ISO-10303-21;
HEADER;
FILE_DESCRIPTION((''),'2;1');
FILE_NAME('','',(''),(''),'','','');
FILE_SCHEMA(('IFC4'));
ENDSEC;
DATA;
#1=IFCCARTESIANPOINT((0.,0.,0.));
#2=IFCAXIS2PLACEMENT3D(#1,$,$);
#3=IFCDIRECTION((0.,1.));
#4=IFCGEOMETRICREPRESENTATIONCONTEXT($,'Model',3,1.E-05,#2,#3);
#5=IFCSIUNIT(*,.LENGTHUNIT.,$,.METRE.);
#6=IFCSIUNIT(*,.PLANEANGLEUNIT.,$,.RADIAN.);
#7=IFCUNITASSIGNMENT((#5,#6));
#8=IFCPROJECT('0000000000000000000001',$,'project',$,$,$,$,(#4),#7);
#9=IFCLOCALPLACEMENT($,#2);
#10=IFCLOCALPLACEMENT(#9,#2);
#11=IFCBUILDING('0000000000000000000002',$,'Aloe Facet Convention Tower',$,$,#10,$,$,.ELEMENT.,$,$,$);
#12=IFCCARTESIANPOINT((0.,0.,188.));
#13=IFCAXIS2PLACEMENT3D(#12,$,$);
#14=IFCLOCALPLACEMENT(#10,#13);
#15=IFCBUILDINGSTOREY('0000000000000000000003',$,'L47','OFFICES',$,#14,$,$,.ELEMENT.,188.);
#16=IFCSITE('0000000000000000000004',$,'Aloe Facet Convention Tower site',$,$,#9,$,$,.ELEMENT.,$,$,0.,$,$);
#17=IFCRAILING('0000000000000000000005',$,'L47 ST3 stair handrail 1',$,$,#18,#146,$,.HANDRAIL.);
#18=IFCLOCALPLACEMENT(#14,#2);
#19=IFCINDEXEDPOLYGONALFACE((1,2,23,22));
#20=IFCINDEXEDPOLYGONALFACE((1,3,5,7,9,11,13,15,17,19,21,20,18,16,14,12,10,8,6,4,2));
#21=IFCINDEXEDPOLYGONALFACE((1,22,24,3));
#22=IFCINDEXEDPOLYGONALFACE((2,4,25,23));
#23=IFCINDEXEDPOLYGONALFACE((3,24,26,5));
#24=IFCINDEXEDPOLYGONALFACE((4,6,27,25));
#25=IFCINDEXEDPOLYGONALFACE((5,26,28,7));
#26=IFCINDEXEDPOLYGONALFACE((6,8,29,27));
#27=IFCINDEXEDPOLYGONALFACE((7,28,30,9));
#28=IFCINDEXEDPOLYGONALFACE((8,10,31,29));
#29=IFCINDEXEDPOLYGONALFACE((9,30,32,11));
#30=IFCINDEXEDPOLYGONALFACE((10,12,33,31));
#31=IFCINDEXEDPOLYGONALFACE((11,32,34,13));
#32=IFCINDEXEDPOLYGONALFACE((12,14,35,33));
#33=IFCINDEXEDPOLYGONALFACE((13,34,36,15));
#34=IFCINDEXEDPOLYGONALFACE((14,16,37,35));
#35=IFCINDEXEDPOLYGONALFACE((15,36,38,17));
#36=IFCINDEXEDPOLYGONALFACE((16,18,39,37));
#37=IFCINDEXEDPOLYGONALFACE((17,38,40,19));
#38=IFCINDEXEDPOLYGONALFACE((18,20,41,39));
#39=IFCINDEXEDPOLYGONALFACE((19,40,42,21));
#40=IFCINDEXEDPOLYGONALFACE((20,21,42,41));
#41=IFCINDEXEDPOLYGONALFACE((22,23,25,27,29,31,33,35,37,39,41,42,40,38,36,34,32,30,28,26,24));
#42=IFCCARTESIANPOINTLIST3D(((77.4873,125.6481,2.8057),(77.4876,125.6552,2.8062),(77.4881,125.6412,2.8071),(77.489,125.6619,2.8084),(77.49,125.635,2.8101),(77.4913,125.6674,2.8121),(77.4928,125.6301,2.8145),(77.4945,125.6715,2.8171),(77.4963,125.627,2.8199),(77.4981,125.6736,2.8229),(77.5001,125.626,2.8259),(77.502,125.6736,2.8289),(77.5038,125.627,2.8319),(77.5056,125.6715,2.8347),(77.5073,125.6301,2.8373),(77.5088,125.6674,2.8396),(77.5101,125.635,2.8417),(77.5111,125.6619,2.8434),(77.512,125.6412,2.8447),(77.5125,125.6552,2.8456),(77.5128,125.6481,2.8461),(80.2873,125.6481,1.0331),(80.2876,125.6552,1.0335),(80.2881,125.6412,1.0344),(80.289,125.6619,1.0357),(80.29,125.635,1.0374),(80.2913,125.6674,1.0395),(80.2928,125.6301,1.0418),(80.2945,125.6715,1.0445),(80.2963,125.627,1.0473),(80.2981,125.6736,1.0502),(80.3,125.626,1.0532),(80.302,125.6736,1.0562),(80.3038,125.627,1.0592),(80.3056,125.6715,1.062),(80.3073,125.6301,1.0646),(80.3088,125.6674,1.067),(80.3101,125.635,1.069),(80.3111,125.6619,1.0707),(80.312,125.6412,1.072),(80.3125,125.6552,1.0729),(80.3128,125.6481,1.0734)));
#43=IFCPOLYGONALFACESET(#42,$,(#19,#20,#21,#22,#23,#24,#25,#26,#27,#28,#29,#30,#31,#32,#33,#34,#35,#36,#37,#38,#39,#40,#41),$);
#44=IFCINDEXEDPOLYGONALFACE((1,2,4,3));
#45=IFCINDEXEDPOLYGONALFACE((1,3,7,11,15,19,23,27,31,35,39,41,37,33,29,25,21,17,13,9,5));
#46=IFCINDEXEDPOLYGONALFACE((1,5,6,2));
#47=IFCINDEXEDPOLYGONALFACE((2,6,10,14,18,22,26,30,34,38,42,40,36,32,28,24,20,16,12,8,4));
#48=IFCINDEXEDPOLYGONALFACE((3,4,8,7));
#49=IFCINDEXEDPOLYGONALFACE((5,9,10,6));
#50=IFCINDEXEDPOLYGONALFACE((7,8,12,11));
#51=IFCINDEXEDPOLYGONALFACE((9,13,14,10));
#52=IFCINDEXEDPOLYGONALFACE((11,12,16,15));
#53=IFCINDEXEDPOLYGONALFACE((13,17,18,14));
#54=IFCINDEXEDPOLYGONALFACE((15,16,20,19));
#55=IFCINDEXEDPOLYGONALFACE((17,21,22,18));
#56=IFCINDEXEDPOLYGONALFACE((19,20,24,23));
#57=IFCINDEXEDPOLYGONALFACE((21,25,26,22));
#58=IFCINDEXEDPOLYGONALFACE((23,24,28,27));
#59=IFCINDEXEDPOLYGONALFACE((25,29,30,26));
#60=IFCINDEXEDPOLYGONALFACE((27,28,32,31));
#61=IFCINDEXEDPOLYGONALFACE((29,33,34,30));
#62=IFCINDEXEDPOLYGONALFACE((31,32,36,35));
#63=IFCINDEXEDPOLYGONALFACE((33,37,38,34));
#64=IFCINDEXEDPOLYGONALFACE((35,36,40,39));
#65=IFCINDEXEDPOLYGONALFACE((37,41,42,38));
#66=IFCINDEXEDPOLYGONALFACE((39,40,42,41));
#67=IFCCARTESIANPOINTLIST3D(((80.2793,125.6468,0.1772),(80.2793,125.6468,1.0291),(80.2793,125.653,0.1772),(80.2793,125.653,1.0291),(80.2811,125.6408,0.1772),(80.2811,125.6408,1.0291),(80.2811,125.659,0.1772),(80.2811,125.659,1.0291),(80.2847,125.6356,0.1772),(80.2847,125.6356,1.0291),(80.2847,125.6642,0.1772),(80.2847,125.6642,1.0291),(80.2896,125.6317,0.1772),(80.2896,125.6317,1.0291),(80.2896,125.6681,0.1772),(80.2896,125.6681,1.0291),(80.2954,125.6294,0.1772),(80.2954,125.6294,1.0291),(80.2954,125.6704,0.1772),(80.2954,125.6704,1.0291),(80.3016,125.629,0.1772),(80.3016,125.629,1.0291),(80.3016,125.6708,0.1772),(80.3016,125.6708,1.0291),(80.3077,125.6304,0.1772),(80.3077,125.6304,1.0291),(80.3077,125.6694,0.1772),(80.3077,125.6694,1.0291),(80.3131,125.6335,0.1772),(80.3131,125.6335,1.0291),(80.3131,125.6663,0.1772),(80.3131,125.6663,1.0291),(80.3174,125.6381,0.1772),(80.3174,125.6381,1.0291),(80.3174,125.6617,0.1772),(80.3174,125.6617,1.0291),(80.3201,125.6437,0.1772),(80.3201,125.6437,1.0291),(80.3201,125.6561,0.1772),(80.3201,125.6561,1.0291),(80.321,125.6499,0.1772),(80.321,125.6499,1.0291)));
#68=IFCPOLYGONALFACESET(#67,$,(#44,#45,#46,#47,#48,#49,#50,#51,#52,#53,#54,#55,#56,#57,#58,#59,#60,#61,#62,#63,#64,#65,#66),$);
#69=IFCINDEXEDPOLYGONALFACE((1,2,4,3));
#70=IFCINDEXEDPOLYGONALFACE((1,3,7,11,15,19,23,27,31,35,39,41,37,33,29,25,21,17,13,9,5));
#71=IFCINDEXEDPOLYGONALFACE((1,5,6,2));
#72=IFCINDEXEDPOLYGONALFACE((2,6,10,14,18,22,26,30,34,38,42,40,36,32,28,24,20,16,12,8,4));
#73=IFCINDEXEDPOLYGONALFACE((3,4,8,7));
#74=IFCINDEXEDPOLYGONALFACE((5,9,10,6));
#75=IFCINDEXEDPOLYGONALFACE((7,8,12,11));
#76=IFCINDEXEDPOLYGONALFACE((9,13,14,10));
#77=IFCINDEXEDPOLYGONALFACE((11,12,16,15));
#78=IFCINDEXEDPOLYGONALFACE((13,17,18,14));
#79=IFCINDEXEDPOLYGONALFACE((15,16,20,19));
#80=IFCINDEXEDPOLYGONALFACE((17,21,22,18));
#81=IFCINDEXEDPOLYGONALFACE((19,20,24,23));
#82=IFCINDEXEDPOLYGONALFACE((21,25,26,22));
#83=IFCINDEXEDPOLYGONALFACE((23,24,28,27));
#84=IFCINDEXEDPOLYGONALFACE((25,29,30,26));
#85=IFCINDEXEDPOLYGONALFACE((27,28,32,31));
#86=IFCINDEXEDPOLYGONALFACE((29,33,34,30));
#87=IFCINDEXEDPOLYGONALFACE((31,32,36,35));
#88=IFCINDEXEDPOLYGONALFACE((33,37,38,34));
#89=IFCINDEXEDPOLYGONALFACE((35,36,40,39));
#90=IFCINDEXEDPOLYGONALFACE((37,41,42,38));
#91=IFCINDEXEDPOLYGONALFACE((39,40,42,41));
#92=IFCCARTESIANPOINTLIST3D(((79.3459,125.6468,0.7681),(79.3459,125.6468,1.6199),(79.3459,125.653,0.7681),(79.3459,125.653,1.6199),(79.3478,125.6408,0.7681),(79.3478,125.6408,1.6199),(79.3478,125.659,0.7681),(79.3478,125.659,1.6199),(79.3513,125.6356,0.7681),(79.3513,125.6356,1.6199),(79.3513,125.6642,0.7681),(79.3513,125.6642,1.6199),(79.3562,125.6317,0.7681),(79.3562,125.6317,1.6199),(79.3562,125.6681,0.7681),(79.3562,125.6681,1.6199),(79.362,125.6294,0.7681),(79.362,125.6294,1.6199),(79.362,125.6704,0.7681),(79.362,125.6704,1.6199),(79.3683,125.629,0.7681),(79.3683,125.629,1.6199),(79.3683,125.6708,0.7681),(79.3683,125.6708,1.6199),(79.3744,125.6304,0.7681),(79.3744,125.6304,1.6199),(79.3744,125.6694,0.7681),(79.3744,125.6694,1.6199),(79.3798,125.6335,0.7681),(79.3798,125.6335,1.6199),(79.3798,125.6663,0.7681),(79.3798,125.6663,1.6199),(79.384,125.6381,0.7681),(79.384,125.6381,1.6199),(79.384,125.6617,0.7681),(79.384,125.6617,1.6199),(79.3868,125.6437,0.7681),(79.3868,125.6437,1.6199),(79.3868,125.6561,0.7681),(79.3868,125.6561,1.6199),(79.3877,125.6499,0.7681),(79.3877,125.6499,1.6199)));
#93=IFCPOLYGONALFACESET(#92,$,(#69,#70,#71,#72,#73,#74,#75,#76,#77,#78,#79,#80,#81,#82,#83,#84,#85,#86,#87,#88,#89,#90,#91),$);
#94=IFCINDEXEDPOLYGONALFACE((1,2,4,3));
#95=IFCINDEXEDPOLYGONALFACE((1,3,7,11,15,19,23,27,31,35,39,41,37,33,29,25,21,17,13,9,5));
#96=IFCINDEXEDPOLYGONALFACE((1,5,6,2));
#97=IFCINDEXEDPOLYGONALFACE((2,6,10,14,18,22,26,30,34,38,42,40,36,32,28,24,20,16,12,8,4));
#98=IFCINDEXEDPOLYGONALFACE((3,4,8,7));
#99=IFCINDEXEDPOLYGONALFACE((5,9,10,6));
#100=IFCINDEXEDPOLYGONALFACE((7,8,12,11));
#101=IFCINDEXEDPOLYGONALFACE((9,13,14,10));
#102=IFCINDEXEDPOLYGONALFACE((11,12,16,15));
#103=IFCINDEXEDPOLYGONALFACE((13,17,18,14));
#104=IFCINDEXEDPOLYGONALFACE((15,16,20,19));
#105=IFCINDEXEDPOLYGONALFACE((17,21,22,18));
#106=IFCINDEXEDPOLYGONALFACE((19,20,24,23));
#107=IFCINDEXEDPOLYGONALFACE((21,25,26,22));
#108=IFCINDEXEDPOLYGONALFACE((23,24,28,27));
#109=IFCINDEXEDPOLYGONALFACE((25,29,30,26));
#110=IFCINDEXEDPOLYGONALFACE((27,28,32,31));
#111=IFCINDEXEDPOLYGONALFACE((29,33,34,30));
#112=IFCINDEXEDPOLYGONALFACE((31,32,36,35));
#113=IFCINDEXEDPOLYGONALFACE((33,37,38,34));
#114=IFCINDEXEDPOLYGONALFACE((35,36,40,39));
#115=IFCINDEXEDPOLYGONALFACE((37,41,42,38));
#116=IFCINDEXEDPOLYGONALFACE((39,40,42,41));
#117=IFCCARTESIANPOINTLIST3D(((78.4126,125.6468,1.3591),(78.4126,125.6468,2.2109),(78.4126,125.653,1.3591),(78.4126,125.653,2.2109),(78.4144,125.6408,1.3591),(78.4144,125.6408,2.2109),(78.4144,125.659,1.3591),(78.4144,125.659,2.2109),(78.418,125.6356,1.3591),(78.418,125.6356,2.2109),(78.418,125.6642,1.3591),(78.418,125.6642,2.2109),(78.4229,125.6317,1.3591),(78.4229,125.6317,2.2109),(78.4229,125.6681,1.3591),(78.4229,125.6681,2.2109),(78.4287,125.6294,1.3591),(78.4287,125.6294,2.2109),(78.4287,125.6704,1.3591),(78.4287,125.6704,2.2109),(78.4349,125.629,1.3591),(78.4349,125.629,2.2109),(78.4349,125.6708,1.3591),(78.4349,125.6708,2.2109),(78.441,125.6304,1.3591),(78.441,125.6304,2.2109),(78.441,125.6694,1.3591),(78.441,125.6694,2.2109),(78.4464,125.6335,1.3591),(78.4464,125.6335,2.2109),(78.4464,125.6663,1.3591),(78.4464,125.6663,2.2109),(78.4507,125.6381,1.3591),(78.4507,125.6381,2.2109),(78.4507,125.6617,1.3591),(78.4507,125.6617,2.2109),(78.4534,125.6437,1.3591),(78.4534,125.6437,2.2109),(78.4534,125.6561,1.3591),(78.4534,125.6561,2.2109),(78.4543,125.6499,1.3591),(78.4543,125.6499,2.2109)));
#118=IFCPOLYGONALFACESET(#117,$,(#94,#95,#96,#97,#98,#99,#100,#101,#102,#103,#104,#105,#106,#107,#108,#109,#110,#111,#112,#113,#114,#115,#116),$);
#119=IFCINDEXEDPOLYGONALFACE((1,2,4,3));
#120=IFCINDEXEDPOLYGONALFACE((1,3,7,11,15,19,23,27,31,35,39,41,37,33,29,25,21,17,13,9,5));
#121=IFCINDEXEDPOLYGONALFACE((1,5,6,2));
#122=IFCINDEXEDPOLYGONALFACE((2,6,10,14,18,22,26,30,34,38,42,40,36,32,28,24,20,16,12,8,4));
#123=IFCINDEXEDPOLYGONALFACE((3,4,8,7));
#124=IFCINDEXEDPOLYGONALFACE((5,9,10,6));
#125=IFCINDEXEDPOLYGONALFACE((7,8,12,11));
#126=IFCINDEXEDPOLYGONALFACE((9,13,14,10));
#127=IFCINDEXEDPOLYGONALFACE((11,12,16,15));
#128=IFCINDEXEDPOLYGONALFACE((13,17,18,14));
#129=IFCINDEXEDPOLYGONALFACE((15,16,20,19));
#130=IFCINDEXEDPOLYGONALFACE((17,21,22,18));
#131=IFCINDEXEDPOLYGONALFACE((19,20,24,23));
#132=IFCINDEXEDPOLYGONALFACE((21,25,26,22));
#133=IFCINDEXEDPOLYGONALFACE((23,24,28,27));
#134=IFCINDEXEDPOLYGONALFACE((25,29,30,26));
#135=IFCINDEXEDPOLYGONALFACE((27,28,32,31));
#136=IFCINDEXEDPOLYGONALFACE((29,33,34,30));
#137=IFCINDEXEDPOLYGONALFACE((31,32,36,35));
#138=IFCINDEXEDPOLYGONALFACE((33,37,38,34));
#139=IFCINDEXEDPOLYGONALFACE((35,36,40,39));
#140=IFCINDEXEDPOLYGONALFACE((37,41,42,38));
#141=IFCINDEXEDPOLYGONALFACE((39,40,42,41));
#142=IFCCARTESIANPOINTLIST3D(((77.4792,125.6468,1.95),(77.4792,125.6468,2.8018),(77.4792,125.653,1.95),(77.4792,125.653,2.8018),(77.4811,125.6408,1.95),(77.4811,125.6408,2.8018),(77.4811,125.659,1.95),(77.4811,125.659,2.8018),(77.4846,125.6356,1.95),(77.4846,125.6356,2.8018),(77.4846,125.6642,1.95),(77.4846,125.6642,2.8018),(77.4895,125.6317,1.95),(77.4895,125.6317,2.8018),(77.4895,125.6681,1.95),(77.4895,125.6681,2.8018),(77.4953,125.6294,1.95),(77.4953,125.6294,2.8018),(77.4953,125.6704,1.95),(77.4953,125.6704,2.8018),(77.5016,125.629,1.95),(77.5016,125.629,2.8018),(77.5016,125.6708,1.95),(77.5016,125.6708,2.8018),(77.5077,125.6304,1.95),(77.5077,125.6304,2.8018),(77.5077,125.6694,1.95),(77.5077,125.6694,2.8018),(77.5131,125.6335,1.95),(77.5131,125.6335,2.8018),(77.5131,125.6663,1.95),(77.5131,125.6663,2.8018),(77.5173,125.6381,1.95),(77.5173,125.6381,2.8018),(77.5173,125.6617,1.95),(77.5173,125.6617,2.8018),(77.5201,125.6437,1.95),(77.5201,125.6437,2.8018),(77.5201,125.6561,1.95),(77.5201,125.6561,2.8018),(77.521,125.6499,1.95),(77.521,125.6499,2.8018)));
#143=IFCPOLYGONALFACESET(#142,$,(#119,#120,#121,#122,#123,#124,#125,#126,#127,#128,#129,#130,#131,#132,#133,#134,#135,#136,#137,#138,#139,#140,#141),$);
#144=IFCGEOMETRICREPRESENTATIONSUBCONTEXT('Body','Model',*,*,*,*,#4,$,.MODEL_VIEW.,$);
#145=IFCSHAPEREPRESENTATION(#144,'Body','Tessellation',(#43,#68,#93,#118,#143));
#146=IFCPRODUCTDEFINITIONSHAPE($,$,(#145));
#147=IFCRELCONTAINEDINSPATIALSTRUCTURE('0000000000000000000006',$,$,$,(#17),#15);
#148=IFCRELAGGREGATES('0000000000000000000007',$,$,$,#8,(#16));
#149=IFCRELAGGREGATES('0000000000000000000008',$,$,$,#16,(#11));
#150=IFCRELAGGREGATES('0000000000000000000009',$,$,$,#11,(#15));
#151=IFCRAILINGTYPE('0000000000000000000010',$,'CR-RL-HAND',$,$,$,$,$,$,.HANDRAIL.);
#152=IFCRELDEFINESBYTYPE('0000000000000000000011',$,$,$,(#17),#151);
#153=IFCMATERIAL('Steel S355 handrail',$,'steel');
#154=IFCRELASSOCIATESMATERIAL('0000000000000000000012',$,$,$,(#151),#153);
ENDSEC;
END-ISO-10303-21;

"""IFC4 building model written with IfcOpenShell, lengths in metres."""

from ifc_helpers import new_model, si_unit, direction, frame, origin, origin_2d, place, context, subcontext, project, spatial, circle, extrude, material, type_object, element, save


model = new_model("IFC4")

# Units and contexts
model_context = context("Model", 3, precision=1e-05, world=origin(), true_north=direction((0.0, 1.0)))
body_context = subcontext(model_context, "Body", "Model", "MODEL_VIEW")
ifc_project = project(units=[si_unit("LENGTHUNIT", "METRE"), si_unit("PLANEANGLEUNIT", "RADIAN")], contexts=[model_context])

# Site, building, storey
site_placement = place(None, origin())
site = spatial("IfcSite", under=ifc_project, at=site_placement, Name="Aloe Facet Convention Tower site", CompositionType="ELEMENT", RefElevation=0.0)
building_placement = place(site_placement, origin())
building = spatial("IfcBuilding", under=site, at=building_placement, Name="Aloe Facet Convention Tower", CompositionType="ELEMENT")
storey_placement = place(building_placement, frame((0.0, 0.0, 188.0)))
storey = spatial("IfcBuildingStorey", under=building, at=storey_placement, Name="L47", Description="OFFICES", CompositionType="ELEMENT", Elevation=188.0)

# Railing
ifc_material_1 = material(Name="Steel S355 handrail", Category="steel")
railing_type_1 = type_object("IfcRailingType", Name="CR-RL-HAND", PredefinedType="HANDRAIL", material=ifc_material_1)
railing_1_placement = place(storey_placement, frame((80.3, 125.6499, 0.1772)))
element("IfcRailing", 1, at=railing_1_placement, inside=storey, type_object=railing_type_1, Name="L47 ST3 stair handrail 1", PredefinedType="HANDRAIL", context=body_context, shape_type="SweptSolid", body=[
    extrude(circle(Radius=0.0239, at=origin_2d()), frame((0.0, 0.0, 0.876), z_axis=(-0.844909, 0.0, 0.53491), x_axis=(0.0, -1.0, 0.0)), (0.0, 0.0, 1.0), 3.314),
    extrude(circle(Radius=0.021, at=origin_2d()), origin(), (0.0, 0.0, 1.0), 0.8518),
    extrude(circle(Radius=0.021, at=origin_2d()), frame((-0.9333, 0.0, 0.5908)), (0.0, 0.0, 1.0), 0.8518),
    extrude(circle(Radius=0.021, at=origin_2d()), frame((-1.8667, 0.0, 1.1819)), (0.0, 0.0, 1.0), 0.8518),
    extrude(circle(Radius=0.021, at=origin_2d()), frame((-2.8, 0.0, 1.7727)), (0.0, 0.0, 1.0), 0.8518),
])

save(model, "model.ifc")
